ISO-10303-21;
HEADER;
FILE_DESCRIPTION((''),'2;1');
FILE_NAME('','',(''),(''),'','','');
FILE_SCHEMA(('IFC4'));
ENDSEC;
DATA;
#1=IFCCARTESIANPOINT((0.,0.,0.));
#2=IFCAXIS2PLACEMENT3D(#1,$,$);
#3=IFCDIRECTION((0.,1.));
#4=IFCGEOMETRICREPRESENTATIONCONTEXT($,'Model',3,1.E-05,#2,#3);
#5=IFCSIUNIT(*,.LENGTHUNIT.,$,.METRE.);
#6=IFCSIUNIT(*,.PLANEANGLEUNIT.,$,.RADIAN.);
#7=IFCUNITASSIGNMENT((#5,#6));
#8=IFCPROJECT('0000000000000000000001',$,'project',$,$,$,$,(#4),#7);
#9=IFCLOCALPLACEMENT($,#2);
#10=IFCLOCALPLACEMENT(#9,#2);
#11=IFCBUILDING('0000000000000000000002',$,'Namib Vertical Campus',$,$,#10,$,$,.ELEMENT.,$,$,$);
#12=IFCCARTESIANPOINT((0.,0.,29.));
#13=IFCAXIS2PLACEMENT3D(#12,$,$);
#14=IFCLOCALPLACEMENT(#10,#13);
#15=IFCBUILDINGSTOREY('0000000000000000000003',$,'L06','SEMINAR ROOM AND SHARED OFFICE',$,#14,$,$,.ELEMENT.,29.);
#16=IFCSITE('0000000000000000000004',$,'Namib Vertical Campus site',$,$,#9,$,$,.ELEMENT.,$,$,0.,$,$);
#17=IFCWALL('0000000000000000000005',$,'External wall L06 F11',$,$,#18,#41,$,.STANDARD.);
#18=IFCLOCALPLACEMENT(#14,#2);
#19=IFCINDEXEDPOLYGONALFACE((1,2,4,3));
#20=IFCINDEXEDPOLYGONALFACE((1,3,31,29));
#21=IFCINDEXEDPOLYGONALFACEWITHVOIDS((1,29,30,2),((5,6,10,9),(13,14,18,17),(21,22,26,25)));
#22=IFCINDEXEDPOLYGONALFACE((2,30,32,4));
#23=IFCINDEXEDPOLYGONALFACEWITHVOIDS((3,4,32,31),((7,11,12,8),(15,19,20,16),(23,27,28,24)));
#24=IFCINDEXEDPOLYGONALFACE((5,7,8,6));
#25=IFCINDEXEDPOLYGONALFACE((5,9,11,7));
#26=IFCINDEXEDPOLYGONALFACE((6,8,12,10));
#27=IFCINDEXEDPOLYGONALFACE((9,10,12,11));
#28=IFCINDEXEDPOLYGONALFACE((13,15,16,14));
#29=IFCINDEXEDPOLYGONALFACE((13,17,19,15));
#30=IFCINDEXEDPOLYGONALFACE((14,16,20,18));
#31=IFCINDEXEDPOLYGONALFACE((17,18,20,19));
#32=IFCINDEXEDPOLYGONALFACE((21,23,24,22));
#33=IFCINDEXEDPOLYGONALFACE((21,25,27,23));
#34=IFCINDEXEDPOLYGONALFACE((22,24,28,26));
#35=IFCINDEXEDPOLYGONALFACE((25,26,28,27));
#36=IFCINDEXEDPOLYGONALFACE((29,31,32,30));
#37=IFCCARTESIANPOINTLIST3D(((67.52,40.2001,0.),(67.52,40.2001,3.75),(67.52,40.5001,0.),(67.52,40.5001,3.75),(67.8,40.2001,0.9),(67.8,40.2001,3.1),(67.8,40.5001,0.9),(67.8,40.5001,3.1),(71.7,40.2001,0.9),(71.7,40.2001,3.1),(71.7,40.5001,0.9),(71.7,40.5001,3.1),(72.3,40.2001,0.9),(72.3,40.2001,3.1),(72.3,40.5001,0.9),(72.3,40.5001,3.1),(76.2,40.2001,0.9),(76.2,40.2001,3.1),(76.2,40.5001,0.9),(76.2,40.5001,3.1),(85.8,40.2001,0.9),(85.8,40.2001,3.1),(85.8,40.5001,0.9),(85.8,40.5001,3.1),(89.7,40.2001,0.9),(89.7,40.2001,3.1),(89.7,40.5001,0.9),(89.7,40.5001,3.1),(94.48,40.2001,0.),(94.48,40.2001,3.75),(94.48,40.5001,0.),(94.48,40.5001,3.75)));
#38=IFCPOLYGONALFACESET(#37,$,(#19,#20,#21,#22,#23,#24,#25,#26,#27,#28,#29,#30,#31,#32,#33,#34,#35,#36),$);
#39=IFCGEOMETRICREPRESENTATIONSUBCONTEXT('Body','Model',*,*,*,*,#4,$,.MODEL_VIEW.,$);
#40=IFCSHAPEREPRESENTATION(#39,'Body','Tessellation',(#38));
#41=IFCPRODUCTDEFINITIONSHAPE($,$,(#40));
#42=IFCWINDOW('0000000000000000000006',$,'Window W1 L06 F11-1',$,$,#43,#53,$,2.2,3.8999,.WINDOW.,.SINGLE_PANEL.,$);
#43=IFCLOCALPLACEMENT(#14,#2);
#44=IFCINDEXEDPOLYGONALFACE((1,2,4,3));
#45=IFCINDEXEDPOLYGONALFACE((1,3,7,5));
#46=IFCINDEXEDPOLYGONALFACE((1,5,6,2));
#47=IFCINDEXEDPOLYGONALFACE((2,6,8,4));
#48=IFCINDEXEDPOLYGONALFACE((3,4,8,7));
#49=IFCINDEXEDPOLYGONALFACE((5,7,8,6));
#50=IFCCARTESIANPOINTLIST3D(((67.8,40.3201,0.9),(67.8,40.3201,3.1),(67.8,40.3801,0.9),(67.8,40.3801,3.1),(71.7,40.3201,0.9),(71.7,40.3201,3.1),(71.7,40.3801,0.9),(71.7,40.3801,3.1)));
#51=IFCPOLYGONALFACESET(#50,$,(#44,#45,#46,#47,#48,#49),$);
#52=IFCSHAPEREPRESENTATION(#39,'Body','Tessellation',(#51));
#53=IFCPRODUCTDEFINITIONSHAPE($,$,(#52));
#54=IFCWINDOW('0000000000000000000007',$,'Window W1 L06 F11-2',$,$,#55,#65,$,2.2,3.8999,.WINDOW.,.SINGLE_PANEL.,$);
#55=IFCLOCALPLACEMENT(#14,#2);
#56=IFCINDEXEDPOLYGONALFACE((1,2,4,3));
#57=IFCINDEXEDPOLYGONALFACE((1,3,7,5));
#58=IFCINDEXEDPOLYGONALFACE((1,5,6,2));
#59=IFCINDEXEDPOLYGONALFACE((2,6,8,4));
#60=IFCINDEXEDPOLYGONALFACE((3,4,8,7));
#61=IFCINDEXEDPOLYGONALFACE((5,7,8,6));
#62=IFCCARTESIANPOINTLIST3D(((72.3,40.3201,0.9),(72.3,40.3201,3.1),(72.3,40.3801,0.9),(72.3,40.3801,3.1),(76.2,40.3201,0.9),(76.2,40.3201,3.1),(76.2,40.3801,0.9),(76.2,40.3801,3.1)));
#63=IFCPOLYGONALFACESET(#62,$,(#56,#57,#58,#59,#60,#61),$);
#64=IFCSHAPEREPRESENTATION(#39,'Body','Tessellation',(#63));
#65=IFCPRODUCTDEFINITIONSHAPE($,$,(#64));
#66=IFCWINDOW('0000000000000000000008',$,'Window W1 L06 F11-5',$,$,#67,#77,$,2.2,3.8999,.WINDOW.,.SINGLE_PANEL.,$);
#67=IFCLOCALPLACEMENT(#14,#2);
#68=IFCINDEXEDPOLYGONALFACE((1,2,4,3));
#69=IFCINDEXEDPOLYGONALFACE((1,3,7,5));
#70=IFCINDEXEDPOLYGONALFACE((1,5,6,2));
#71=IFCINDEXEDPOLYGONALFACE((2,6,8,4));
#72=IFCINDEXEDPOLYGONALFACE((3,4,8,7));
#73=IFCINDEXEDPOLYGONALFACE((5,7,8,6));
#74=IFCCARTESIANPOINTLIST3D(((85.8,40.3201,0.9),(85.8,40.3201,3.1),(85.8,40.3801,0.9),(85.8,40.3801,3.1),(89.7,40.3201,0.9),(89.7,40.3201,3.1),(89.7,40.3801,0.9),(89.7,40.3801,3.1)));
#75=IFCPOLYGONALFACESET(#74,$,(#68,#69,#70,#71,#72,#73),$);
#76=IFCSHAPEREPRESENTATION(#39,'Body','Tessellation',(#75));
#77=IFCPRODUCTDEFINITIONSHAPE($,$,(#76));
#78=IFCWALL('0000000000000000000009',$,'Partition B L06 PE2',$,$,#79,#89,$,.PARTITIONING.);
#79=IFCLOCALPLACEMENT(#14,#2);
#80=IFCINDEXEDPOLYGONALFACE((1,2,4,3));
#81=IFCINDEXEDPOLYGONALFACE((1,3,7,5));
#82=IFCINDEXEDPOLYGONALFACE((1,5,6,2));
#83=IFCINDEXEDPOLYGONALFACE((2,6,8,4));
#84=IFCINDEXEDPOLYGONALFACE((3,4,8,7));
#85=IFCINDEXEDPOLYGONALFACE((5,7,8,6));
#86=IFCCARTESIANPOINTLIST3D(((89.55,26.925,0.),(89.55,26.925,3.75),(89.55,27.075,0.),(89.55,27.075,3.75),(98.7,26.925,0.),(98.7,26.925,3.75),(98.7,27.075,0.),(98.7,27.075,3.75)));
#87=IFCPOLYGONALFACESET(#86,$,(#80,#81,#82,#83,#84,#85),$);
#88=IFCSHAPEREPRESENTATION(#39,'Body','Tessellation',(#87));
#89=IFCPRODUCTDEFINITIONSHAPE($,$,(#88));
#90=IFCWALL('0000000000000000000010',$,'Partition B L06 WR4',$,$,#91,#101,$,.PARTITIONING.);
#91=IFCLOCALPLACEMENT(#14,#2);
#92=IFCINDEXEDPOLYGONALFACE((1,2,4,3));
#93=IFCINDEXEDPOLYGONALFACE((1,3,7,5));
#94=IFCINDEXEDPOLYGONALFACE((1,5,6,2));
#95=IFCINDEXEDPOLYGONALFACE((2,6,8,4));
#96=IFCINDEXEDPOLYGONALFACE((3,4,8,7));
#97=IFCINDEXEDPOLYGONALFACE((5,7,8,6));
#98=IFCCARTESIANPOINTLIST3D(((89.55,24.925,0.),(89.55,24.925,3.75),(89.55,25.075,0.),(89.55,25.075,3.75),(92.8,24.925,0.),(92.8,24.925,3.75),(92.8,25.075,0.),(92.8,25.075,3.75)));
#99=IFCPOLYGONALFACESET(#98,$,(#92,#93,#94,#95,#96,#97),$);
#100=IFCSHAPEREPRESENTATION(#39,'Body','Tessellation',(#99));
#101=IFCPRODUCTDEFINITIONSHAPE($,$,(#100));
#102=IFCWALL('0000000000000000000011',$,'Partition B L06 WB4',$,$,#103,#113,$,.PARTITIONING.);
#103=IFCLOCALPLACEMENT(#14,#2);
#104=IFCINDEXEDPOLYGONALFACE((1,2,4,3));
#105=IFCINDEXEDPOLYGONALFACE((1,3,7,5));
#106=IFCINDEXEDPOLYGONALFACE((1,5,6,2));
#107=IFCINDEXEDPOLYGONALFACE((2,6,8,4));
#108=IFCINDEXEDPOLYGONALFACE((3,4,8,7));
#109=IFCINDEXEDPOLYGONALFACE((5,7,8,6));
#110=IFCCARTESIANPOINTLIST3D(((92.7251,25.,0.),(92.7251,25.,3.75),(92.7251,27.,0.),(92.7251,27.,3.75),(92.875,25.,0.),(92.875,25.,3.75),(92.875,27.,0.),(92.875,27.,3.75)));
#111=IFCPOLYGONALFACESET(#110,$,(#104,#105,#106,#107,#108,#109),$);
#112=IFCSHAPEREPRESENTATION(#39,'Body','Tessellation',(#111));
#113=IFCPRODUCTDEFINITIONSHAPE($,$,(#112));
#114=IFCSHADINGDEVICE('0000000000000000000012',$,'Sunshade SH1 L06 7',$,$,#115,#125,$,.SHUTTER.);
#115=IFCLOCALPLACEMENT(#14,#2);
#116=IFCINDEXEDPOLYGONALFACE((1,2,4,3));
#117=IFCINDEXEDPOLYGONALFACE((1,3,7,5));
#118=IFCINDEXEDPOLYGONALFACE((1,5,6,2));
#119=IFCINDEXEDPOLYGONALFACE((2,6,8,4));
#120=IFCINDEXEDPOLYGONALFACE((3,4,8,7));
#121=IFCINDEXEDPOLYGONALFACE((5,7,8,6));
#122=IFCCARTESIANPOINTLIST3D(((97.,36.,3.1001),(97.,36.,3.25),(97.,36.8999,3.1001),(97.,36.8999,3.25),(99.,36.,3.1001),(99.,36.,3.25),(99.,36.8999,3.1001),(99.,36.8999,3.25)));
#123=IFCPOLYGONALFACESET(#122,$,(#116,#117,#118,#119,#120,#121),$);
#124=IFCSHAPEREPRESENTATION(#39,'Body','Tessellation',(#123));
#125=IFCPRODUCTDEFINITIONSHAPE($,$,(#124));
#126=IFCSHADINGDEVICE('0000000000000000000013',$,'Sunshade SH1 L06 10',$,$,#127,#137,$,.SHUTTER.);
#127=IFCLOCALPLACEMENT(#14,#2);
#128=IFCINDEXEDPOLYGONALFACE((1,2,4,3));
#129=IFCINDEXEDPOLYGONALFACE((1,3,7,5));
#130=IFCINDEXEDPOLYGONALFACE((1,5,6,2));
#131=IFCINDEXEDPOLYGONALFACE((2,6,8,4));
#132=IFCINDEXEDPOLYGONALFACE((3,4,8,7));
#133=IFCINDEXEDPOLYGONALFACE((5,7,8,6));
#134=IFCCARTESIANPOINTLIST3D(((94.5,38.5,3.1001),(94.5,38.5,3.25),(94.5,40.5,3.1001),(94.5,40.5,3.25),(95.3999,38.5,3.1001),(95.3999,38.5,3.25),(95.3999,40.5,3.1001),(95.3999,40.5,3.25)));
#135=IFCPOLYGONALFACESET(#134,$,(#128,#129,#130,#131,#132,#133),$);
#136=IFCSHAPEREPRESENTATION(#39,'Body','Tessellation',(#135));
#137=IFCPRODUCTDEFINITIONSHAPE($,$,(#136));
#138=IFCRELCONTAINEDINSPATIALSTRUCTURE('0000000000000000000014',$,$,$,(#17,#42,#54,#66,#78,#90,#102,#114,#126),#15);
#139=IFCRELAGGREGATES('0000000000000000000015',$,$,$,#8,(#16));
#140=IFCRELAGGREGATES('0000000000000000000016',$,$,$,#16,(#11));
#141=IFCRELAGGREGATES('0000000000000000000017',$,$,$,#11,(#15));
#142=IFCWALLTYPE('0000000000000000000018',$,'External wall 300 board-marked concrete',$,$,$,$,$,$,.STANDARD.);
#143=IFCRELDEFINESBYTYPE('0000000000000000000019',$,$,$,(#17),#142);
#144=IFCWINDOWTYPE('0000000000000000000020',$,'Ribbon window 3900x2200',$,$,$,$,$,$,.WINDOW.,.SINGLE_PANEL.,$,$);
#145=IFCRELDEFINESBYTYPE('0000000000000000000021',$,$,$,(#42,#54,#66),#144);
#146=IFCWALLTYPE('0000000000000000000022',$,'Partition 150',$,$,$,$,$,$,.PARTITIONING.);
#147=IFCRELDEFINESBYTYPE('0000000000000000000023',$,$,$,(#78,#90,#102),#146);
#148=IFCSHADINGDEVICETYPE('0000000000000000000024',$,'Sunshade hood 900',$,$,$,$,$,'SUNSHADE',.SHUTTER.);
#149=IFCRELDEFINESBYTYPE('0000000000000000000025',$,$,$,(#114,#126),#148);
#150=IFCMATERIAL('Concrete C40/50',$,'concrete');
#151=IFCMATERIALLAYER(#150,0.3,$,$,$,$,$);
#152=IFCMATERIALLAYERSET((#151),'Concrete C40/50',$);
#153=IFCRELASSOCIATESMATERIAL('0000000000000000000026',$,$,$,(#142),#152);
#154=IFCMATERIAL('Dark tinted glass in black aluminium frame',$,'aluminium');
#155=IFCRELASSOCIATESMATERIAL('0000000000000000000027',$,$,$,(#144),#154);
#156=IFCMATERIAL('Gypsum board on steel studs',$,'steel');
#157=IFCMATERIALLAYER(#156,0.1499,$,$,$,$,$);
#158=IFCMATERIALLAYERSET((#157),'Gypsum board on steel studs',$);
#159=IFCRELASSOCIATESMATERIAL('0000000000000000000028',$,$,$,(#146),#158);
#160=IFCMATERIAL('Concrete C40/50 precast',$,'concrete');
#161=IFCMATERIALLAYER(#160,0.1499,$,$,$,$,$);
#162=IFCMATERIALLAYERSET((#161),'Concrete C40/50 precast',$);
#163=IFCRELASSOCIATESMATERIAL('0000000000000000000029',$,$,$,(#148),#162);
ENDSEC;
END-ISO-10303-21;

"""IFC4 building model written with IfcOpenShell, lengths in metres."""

from ifc_helpers import new_model, si_unit, direction, frame, frame_2d, origin, origin_2d, place, context, subcontext, project, spatial, rectangle, extrude, material, layer, layer_set, type_object, element, fill, save


model = new_model("IFC4")

# Units and contexts
model_context = context("Model", 3, precision=1e-05, world=origin(), true_north=direction((0.0, 1.0)))
body_context = subcontext(model_context, "Body", "Model", "MODEL_VIEW")
ifc_project = project(units=[si_unit("LENGTHUNIT", "METRE"), si_unit("PLANEANGLEUNIT", "RADIAN")], contexts=[model_context])

# Site, building, storey
site_placement = place(None, origin())
site = spatial("IfcSite", under=ifc_project, at=site_placement, Name="Namib Vertical Campus site", CompositionType="ELEMENT", RefElevation=0.0)
building_placement = place(site_placement, origin())
building = spatial("IfcBuilding", under=site, at=building_placement, Name="Namib Vertical Campus", CompositionType="ELEMENT")
storey_placement = place(building_placement, frame((0.0, 0.0, 29.0)))
storey = spatial("IfcBuildingStorey", under=building, at=storey_placement, Name="L06", Description="SEMINAR ROOM AND SHARED OFFICE", CompositionType="ELEMENT", Elevation=29.0)

# Shared definitions
ifc_material_1 = material(Name="Concrete C40/50", Category="concrete")
ifc_layer_1 = layer(ifc_material_1, 0.3)
ifc_layer_set_1 = layer_set([ifc_layer_1], Name="Concrete C40/50")
wall_type_1 = type_object("IfcWallType", Name="External wall 300 board-marked concrete", PredefinedType="STANDARD", material=ifc_layer_set_1)

# Wall, openings, windows
wall_1_placement = place(storey_placement, frame((94.48, 40.3501, 0.0), z_axis=(0.0, 0.0, 1.0), x_axis=(-1.0, 0.0, 0.0)))
wall_1 = element("IfcWall", 1, at=wall_1_placement, inside=storey, type_object=wall_type_1, Name="External wall L06 F11", PredefinedType="STANDARD", context=body_context, shape_type="SweptSolid", body=[
    extrude(rectangle(XDim=26.96, YDim=0.3, at=frame_2d((13.48, 0.0))), origin(), (0.0, 0.0, 1.0), 3.75),
])
opening_1_placement = place(wall_1_placement, frame((22.78, 0.0, 0.8999)))
opening_1 = element("IfcOpeningElement", 2, at=opening_1_placement, cuts=wall_1, PredefinedType="OPENING", context=body_context, shape_type="SweptSolid", body=[
    extrude(rectangle(XDim=3.8999, YDim=2.2, at=frame_2d((1.95, 1.1001))), frame((0.0, 0.1599, 0.0), z_axis=(0.0, -1.0, 0.0), x_axis=(1.0, 0.0, 0.0)), (0.0, 0.0, 1.0), 0.3201),
])
opening_2_placement = place(wall_1_placement, frame((18.28, 0.0, 0.8999)))
opening_2 = element("IfcOpeningElement", 3, at=opening_2_placement, cuts=wall_1, PredefinedType="OPENING", context=body_context, shape_type="SweptSolid", body=[
    extrude(rectangle(XDim=3.8999, YDim=2.2, at=frame_2d((1.95, 1.1001))), frame((0.0, 0.1599, 0.0), z_axis=(0.0, -1.0, 0.0), x_axis=(1.0, 0.0, 0.0)), (0.0, 0.0, 1.0), 0.3201),
])
opening_3_placement = place(wall_1_placement, frame((4.78, 0.0, 0.8999)))
opening_3 = element("IfcOpeningElement", 4, at=opening_3_placement, cuts=wall_1, PredefinedType="OPENING", context=body_context, shape_type="SweptSolid", body=[
    extrude(rectangle(XDim=3.8999, YDim=2.2, at=frame_2d((1.95, 1.1001))), frame((0.0, 0.1599, 0.0), z_axis=(0.0, -1.0, 0.0), x_axis=(1.0, 0.0, 0.0)), (0.0, 0.0, 1.0), 0.3201),
])
ifc_material_2 = material(Name="Dark tinted glass in black aluminium frame", Category="aluminium")
window_type = type_object("IfcWindowType", Name="Ribbon window 3900x2200", PartitioningType="SINGLE_PANEL", PredefinedType="WINDOW", material=ifc_material_2)
window_1_placement = place(opening_1_placement, origin())
window_1 = element("IfcWindow", 5, at=window_1_placement, inside=storey, type_object=window_type, Name="Window W1 L06 F11-1", OverallHeight=2.2, OverallWidth=3.8999, PartitioningType="SINGLE_PANEL", PredefinedType="WINDOW", context=body_context, shape_type="SweptSolid", body=[
    extrude(rectangle(XDim=3.8999, YDim=2.2, at=frame_2d((1.95, 1.1001))), frame((0.0, 0.03, 0.0), z_axis=(0.0, -1.0, 0.0), x_axis=(1.0, 0.0, 0.0)), (0.0, 0.0, 1.0), 0.0601),
])
fill(opening_1, window_1)
window_2_placement = place(opening_2_placement, origin())
window_2 = element("IfcWindow", 6, at=window_2_placement, inside=storey, type_object=window_type, Name="Window W1 L06 F11-2", OverallHeight=2.2, OverallWidth=3.8999, PartitioningType="SINGLE_PANEL", PredefinedType="WINDOW", context=body_context, shape_type="SweptSolid", body=[
    extrude(rectangle(XDim=3.8999, YDim=2.2, at=frame_2d((1.95, 1.1001))), frame((0.0, 0.03, 0.0), z_axis=(0.0, -1.0, 0.0), x_axis=(1.0, 0.0, 0.0)), (0.0, 0.0, 1.0), 0.0601),
])
fill(opening_2, window_2)
window_3_placement = place(opening_3_placement, origin())
window_3 = element("IfcWindow", 7, at=window_3_placement, inside=storey, type_object=window_type, Name="Window W1 L06 F11-5", OverallHeight=2.2, OverallWidth=3.8999, PartitioningType="SINGLE_PANEL", PredefinedType="WINDOW", context=body_context, shape_type="SweptSolid", body=[
    extrude(rectangle(XDim=3.8999, YDim=2.2, at=frame_2d((1.95, 1.1001))), frame((0.0, 0.03, 0.0), z_axis=(0.0, -1.0, 0.0), x_axis=(1.0, 0.0, 0.0)), (0.0, 0.0, 1.0), 0.0601),
])
fill(opening_3, window_3)

# Walls
ifc_material_3 = material(Name="Gypsum board on steel studs", Category="steel")
ifc_layer_2 = layer(ifc_material_3, 0.1499)
ifc_layer_set_2 = layer_set([ifc_layer_2], Name="Gypsum board on steel studs")
wall_type_2 = type_object("IfcWallType", Name="Partition 150", PredefinedType="PARTITIONING", material=ifc_layer_set_2)
wall_2_placement = place(storey_placement, frame((89.55, 27.0, 0.0), z_axis=(0.0, 0.0, 1.0), x_axis=(1.0, 0.0, 0.0)))
element("IfcWall", 8, at=wall_2_placement, inside=storey, type_object=wall_type_2, Name="Partition B L06 PE2", PredefinedType="PARTITIONING", context=body_context, shape_type="SweptSolid", body=[
    extrude(rectangle(XDim=9.1499, YDim=0.1499, at=frame_2d((4.575, 0.0))), origin(), (0.0, 0.0, 1.0), 3.75),
])
wall_3_placement = place(storey_placement, frame((89.55, 25.0, 0.0), z_axis=(0.0, 0.0, 1.0), x_axis=(1.0, 0.0, 0.0)))
element("IfcWall", 9, at=wall_3_placement, inside=storey, type_object=wall_type_2, Name="Partition B L06 WR4", PredefinedType="PARTITIONING", context=body_context, shape_type="SweptSolid", body=[
    extrude(rectangle(XDim=3.25, YDim=0.1499, at=frame_2d((1.625, 0.0))), origin(), (0.0, 0.0, 1.0), 3.75),
])
wall_4_placement = place(storey_placement, frame((92.8, 25.0, 0.0), z_axis=(0.0, 0.0, 1.0), x_axis=(0.0, 1.0, 0.0)))
element("IfcWall", 10, at=wall_4_placement, inside=storey, type_object=wall_type_2, Name="Partition B L06 WB4", PredefinedType="PARTITIONING", context=body_context, shape_type="SweptSolid", body=[
    extrude(rectangle(XDim=2.0, YDim=0.1499, at=frame_2d((1.0, 0.0))), origin(), (0.0, 0.0, 1.0), 3.75),
])

# Shading devices
ifc_material_4 = material(Name="Concrete C40/50 precast", Category="concrete")
ifc_layer_3 = layer(ifc_material_4, 0.1499)
ifc_layer_set_3 = layer_set([ifc_layer_3], Name="Concrete C40/50 precast")
shading_device_type = type_object("IfcShadingDeviceType", Name="Sunshade hood 900", ElementType="SUNSHADE", PredefinedType="SHUTTER", material=ifc_layer_set_3)
for number, where, z_axis, x_axis, name in (
    (11, (98.0, 36.45, 3.1001), (0.0, 0.0, 1.0), (-1.0, 0.0, 0.0), "Sunshade SH1 L06 7"),
    (12, (94.95, 39.5, 3.1001), (0.0, 0.0, 1.0), (0.0, 1.0, 0.0), "Sunshade SH1 L06 10"),
):
    element("IfcShadingDevice", number, at=place(storey_placement, frame(where, z_axis=z_axis, x_axis=x_axis)), inside=storey, type_object=shading_device_type, Name=name, PredefinedType="SHUTTER", context=body_context, shape_type="SweptSolid", body=[
        extrude(rectangle(XDim=2.0, YDim=0.8999, at=origin_2d()), origin(), (0.0, 0.0, 1.0), 0.1499),
    ])

save(model, "model.ifc")
